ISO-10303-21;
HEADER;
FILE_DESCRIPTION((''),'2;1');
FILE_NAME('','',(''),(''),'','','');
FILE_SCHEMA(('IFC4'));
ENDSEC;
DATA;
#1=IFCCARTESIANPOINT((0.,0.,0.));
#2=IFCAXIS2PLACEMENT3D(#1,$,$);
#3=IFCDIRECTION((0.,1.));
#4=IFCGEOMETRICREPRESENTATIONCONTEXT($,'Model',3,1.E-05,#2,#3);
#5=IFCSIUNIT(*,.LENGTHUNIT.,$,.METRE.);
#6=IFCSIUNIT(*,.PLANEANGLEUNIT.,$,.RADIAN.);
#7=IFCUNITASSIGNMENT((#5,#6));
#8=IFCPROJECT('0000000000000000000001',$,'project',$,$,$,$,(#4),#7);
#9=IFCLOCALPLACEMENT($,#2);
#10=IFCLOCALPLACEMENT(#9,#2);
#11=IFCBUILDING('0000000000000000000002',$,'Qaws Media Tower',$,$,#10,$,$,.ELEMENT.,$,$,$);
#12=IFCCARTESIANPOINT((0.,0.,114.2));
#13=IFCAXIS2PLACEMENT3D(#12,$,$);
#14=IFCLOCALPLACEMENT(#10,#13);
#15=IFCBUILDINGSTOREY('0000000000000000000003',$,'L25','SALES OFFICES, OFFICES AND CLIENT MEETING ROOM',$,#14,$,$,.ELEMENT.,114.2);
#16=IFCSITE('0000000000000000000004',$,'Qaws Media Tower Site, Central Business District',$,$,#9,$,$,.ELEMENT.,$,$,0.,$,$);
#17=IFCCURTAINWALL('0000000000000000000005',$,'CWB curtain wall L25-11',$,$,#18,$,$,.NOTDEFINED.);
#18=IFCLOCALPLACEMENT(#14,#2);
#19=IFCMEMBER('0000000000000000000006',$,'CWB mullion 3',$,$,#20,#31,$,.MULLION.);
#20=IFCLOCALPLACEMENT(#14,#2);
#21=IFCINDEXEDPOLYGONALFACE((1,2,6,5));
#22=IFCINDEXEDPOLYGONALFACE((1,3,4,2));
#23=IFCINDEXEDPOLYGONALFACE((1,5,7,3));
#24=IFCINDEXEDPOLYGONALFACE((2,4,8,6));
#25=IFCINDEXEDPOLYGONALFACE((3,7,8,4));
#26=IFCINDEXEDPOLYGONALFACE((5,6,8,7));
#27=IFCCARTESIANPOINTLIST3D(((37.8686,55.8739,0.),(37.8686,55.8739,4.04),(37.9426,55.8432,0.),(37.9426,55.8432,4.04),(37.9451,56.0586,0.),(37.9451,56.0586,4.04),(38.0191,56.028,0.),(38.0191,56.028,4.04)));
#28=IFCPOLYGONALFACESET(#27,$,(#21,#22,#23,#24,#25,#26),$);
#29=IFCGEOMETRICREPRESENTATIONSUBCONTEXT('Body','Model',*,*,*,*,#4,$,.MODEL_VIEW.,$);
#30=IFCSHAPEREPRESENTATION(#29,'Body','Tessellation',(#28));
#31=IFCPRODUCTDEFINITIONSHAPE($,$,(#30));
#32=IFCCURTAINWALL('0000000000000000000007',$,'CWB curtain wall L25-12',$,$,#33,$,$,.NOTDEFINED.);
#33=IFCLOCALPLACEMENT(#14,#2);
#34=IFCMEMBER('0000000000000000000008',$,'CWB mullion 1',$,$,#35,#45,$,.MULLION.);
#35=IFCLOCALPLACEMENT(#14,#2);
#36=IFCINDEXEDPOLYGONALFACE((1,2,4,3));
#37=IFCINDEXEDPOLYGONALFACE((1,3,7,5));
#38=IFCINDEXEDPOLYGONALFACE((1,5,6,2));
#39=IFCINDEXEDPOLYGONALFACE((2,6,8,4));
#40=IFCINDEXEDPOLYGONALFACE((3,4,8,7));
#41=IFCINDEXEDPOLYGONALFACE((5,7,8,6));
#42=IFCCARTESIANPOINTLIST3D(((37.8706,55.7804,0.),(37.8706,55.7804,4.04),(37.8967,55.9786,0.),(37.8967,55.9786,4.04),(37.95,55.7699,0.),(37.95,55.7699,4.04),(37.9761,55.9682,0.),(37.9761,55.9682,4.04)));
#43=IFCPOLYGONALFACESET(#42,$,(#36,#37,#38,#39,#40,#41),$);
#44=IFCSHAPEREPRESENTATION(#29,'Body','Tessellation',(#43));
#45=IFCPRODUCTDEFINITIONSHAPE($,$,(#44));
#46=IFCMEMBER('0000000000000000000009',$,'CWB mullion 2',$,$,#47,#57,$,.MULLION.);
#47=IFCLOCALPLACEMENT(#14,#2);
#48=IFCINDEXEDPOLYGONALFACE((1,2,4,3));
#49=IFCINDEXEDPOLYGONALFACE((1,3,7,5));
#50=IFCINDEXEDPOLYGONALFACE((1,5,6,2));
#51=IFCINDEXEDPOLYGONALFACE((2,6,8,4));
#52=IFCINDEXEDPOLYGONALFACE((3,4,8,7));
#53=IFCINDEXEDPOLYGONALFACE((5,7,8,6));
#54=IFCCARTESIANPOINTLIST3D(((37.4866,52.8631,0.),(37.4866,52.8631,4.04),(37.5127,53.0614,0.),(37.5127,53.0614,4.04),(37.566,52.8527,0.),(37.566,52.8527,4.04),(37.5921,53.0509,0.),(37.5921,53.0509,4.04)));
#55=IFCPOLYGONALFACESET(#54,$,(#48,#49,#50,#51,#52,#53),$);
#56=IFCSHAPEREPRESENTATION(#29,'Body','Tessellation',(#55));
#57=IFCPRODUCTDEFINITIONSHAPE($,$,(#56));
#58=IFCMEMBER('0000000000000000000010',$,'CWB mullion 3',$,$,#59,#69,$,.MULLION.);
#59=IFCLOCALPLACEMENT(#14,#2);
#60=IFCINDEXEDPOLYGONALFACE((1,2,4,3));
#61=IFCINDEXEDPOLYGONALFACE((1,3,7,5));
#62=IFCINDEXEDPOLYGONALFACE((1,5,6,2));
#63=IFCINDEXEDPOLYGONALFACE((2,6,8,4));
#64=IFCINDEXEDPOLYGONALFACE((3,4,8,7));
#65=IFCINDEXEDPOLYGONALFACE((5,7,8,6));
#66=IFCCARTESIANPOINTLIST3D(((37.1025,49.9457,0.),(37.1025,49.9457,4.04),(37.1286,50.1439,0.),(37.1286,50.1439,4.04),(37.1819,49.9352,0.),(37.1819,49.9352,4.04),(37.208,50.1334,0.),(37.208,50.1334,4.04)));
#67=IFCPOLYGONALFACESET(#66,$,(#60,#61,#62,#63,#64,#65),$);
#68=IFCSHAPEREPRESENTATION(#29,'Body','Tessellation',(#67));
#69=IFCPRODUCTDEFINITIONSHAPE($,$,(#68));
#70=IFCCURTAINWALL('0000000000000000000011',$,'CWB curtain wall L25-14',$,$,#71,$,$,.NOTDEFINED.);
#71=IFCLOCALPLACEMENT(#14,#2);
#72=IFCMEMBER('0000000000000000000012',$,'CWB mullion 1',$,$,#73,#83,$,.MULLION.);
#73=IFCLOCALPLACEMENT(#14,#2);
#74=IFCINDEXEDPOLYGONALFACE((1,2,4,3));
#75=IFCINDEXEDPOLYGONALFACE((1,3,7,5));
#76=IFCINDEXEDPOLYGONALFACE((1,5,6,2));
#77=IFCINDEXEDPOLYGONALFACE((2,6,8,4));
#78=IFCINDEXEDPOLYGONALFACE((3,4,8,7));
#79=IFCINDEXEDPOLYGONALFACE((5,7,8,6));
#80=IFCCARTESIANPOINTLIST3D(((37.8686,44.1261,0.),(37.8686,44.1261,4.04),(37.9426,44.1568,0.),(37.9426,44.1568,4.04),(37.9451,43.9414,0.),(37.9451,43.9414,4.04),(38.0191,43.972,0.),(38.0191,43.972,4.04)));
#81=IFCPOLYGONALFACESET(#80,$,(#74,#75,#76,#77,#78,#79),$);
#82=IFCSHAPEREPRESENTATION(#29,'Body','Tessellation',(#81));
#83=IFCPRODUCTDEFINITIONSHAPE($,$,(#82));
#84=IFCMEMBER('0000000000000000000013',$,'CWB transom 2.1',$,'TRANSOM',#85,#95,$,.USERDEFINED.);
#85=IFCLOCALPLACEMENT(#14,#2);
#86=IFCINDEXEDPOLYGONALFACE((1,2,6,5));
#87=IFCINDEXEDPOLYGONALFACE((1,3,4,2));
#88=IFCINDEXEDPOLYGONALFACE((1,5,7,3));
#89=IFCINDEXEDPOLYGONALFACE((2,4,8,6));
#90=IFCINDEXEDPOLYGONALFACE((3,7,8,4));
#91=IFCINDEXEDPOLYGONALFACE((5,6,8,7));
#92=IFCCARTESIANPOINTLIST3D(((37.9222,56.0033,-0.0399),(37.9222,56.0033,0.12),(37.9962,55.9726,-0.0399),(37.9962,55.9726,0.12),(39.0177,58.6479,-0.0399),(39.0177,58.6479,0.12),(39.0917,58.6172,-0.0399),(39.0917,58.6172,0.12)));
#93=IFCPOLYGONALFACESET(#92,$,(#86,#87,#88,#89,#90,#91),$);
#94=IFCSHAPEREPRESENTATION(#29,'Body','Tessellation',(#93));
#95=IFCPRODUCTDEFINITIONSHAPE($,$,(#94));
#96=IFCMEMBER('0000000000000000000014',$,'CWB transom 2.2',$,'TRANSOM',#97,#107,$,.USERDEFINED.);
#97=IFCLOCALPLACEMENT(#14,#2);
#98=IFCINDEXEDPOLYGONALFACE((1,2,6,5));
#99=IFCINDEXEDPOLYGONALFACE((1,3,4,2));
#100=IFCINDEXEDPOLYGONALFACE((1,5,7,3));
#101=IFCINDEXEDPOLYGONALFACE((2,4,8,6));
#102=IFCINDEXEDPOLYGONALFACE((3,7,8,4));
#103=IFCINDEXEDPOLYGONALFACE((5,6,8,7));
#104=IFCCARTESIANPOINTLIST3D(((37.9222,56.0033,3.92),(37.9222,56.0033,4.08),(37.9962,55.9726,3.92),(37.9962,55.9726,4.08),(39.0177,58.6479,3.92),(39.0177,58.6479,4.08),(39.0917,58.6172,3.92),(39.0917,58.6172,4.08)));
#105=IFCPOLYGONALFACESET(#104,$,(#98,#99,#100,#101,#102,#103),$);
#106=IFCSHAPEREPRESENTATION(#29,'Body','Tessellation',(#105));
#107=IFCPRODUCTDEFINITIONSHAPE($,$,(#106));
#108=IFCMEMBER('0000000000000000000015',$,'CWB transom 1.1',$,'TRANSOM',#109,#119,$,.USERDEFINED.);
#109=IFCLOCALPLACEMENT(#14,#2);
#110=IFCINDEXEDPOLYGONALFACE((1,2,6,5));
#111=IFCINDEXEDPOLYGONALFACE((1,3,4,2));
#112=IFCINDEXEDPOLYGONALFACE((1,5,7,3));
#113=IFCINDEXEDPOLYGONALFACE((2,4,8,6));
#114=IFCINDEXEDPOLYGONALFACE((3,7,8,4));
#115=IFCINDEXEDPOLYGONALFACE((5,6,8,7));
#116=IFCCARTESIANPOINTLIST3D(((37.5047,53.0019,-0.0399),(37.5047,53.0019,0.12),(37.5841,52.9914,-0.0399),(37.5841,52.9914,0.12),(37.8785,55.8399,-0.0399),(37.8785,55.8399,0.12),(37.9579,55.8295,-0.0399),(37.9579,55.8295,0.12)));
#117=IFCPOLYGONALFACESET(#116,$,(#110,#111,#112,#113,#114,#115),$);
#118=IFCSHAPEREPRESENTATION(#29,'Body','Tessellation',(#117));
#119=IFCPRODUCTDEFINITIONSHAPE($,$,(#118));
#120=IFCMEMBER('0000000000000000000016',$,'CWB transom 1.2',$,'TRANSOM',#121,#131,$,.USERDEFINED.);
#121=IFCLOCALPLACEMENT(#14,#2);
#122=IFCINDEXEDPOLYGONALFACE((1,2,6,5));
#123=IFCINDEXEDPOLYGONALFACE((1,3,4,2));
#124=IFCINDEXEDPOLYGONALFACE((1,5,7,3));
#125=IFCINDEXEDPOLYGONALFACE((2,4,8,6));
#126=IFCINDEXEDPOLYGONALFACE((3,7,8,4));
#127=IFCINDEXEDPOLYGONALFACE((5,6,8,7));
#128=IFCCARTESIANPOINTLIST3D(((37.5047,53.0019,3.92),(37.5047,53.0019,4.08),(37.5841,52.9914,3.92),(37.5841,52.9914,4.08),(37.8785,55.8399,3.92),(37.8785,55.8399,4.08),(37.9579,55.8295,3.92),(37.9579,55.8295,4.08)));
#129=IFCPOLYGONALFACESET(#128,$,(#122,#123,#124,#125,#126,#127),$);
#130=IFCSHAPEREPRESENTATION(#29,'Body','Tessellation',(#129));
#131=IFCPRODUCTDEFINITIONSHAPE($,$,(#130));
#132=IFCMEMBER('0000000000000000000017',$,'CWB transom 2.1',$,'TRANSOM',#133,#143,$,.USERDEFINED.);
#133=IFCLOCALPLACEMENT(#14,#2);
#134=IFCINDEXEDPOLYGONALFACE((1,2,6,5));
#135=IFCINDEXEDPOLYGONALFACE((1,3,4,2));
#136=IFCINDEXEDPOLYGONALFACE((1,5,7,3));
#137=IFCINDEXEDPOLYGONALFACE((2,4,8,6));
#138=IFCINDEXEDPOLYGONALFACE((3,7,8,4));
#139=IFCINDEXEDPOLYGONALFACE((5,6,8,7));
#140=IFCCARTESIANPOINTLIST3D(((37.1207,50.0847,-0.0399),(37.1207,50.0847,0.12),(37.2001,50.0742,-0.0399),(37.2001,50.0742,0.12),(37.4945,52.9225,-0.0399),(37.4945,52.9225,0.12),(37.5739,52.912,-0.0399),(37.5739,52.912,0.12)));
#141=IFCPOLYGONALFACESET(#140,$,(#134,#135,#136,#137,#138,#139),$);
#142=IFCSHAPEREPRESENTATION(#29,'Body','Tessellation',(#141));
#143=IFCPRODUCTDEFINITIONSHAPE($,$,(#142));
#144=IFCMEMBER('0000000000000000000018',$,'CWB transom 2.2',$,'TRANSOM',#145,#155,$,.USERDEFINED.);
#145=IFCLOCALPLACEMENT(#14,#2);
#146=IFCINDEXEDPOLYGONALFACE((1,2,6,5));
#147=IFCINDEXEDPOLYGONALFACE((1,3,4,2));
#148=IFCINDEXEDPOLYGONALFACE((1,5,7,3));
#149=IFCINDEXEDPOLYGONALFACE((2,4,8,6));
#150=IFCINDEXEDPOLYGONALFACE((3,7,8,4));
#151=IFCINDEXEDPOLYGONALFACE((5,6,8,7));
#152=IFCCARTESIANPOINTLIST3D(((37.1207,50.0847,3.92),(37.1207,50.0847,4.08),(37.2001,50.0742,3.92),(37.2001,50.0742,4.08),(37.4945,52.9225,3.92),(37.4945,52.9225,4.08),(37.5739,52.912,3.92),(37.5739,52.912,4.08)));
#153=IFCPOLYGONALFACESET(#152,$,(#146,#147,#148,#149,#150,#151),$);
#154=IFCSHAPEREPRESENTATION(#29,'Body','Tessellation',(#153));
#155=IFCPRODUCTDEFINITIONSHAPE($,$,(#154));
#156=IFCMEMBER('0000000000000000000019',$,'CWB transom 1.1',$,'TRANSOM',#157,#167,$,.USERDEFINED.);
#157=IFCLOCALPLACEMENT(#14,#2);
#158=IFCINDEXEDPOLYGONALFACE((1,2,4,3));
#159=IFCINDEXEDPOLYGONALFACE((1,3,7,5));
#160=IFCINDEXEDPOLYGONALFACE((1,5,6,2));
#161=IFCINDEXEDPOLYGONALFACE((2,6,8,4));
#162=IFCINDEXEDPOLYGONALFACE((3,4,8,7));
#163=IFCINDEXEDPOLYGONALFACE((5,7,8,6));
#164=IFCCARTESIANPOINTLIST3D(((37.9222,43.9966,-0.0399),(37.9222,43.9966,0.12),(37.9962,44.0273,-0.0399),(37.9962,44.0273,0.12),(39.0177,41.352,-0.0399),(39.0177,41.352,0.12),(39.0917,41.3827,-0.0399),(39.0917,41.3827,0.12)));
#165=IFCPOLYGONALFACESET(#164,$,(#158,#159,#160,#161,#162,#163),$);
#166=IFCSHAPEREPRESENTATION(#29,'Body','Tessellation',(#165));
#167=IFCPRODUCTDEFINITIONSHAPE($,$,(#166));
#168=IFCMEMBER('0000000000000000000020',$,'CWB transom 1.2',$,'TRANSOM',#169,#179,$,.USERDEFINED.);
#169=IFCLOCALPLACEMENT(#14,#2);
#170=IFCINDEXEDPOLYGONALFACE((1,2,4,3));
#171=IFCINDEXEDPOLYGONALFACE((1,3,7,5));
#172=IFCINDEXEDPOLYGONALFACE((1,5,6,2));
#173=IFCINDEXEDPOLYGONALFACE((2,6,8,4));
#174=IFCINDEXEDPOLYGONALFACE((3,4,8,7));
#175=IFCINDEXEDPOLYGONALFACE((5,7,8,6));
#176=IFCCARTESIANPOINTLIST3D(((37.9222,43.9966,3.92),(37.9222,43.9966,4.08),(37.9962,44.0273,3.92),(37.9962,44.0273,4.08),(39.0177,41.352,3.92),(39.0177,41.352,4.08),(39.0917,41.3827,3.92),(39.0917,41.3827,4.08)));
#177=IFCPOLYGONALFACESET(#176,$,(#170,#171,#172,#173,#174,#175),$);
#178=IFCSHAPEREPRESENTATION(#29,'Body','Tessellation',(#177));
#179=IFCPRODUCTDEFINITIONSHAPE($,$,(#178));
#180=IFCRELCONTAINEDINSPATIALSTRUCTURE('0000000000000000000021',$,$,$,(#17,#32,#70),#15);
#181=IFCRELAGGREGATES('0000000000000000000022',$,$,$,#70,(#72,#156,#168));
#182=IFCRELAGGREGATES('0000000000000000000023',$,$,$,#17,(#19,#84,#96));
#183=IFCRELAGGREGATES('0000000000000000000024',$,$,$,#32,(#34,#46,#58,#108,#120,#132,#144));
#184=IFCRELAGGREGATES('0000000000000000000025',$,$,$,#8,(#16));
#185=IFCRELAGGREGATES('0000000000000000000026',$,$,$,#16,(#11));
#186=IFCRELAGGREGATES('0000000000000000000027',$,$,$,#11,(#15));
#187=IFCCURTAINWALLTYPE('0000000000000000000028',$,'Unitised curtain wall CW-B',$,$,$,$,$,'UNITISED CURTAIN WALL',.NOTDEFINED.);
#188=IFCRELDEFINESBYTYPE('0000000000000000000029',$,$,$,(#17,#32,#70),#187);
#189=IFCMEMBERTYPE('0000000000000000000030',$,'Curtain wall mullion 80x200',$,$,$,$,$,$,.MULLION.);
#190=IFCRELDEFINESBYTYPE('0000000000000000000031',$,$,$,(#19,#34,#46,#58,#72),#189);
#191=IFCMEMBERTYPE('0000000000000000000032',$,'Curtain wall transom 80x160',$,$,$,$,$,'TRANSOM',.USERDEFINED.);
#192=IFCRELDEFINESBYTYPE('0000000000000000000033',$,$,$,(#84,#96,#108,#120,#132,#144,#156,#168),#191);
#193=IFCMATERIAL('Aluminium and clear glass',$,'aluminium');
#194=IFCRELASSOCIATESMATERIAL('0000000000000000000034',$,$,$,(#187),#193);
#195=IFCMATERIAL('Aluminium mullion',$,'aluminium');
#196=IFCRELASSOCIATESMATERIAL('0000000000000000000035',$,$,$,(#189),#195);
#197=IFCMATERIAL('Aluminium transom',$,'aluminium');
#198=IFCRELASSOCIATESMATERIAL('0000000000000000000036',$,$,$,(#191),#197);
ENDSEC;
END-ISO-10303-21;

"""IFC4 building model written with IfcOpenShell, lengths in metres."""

from ifc_helpers import new_model, si_unit, direction, frame, origin, origin_2d, place, context, subcontext, project, spatial, rectangle, extrude, material, material_profile, profile_set, type_object, element, aggregate, save


model = new_model("IFC4")

# Units and contexts
model_context = context("Model", 3, precision=1e-05, world=origin(), true_north=direction((0.0, 1.0)))
body_context = subcontext(model_context, "Body", "Model", "MODEL_VIEW")
ifc_project = project(units=[si_unit("LENGTHUNIT", "METRE"), si_unit("PLANEANGLEUNIT", "RADIAN")], contexts=[model_context])

# Site, building, storey
site_placement = place(None, origin())
site = spatial("IfcSite", under=ifc_project, at=site_placement, Name="Qaws Media Tower Site, Central Business District", CompositionType="ELEMENT", RefElevation=0.0)
building_placement = place(site_placement, origin())
building = spatial("IfcBuilding", under=site, at=building_placement, Name="Qaws Media Tower", CompositionType="ELEMENT")
storey_placement = place(building_placement, frame((0.0, 0.0, 114.2)))
storey = spatial("IfcBuildingStorey", under=building, at=storey_placement, Name="L25", Description="SALES OFFICES, OFFICES AND CLIENT MEETING ROOM", CompositionType="ELEMENT", Elevation=114.2)

# Curtain wall, member
ifc_material_1 = material(Name="Aluminium and clear glass", Category="aluminium")
curtain_wall_type = type_object("IfcCurtainWallType", Name="Unitised curtain wall CW-B", ElementType="UNITISED CURTAIN WALL", PredefinedType="NOTDEFINED", material=ifc_material_1)
curtain_wall_1_placement = place(storey_placement, origin())
curtain_wall_1 = element("IfcCurtainWall", 1, at=curtain_wall_1_placement, inside=storey, type_object=curtain_wall_type, Name="CWB curtain wall L25-11", PredefinedType="NOTDEFINED")
ifc_material_2 = material(Name="Aluminium mullion", Category="aluminium")
ifc_material_profile_1 = material_profile(ifc_material_2, rectangle(XDim=0.0801, YDim=0.2, at=origin_2d()), Name="80x200")
ifc_profile_set_1 = profile_set([ifc_material_profile_1], Name="Aluminium mullion")
member_type_1 = type_object("IfcMemberType", Name="Curtain wall mullion 80x200", PredefinedType="MULLION", material=ifc_profile_set_1)
member_1_placement = place(storey_placement, frame((37.9438, 55.9509, 0.0), z_axis=(0.0, 0.0, 1.0), x_axis=(0.92388, -0.382683, 0.0)))
member_1 = element("IfcMember", 2, at=member_1_placement, type_object=member_type_1, Name="CWB mullion 3", PredefinedType="MULLION", context=body_context, shape_type="SweptSolid", body=[
    extrude(rectangle(XDim=0.0801, YDim=0.2, at=origin_2d()), origin(), (0.0, 0.0, 1.0), 4.04),
])

# Curtain wall, members
curtain_wall_2_placement = place(storey_placement, origin())
curtain_wall_2 = element("IfcCurtainWall", 3, at=curtain_wall_2_placement, inside=storey, type_object=curtain_wall_type, Name="CWB curtain wall L25-12", PredefinedType="NOTDEFINED")
member_2_placement = place(storey_placement, frame((37.9233, 55.8743, 0.0), z_axis=(0.0, 0.0, 1.0), x_axis=(0.991445, -0.130526, 0.0)))
member_2 = element("IfcMember", 4, at=member_2_placement, type_object=member_type_1, Name="CWB mullion 1", PredefinedType="MULLION", context=body_context, shape_type="SweptSolid", body=[
    extrude(rectangle(XDim=0.0801, YDim=0.2, at=origin_2d()), origin(), (0.0, 0.0, 1.0), 4.04),
])
member_3_placement = place(storey_placement, frame((37.5393, 52.957, 0.0), z_axis=(0.0, 0.0, 1.0), x_axis=(0.991445, -0.130526, 0.0)))
member_3 = element("IfcMember", 5, at=member_3_placement, type_object=member_type_1, Name="CWB mullion 2", PredefinedType="MULLION", context=body_context, shape_type="SweptSolid", body=[
    extrude(rectangle(XDim=0.0801, YDim=0.2, at=origin_2d()), origin(), (0.0, 0.0, 1.0), 4.04),
])
member_4_placement = place(storey_placement, frame((37.1553, 50.0396, 0.0), z_axis=(0.0, 0.0, 1.0), x_axis=(0.991445, -0.130526, 0.0)))
member_4 = element("IfcMember", 6, at=member_4_placement, type_object=member_type_1, Name="CWB mullion 3", PredefinedType="MULLION", context=body_context, shape_type="SweptSolid", body=[
    extrude(rectangle(XDim=0.0801, YDim=0.2, at=origin_2d()), origin(), (0.0, 0.0, 1.0), 4.04),
])

# Curtain wall, member
curtain_wall_3_placement = place(storey_placement, origin())
curtain_wall_3 = element("IfcCurtainWall", 7, at=curtain_wall_3_placement, inside=storey, type_object=curtain_wall_type, Name="CWB curtain wall L25-14", PredefinedType="NOTDEFINED")
member_5_placement = place(storey_placement, frame((37.9438, 44.0491, 0.0), z_axis=(0.0, 0.0, 1.0), x_axis=(0.92388, 0.382683, 0.0)))
member_5 = element("IfcMember", 8, at=member_5_placement, type_object=member_type_1, Name="CWB mullion 1", PredefinedType="MULLION", context=body_context, shape_type="SweptSolid", body=[
    extrude(rectangle(XDim=0.0801, YDim=0.2, at=origin_2d()), origin(), (0.0, 0.0, 1.0), 4.04),
])

# Members
ifc_material_3 = material(Name="Aluminium transom", Category="aluminium")
ifc_material_profile_2 = material_profile(ifc_material_3, rectangle(XDim=0.0801, YDim=0.1599, at=origin_2d()), Name="80x160")
ifc_profile_set_2 = profile_set([ifc_material_profile_2], Name="Aluminium transom")
member_type_2 = type_object("IfcMemberType", Name="Curtain wall transom 80x160", ElementType="TRANSOM", PredefinedType="USERDEFINED", material=ifc_profile_set_2)
member_6_placement = place(storey_placement, frame((39.0547, 58.6326, 0.04), z_axis=(-0.382701, -0.923872, 0.0), x_axis=(0.923872, -0.382701, 0.0)))
member_6 = element("IfcMember", 9, at=member_6_placement, type_object=member_type_2, Name="CWB transom 2.1", ObjectType="TRANSOM", PredefinedType="USERDEFINED", context=body_context, shape_type="SweptSolid", body=[
    extrude(rectangle(XDim=0.0801, YDim=0.1599, at=origin_2d()), origin(), (0.0, 0.0, 1.0), 2.8625),
])
member_7_placement = place(storey_placement, frame((39.0547, 58.6326, 4.0), z_axis=(-0.382701, -0.923872, 0.0), x_axis=(0.923872, -0.382701, 0.0)))
member_7 = element("IfcMember", 10, at=member_7_placement, type_object=member_type_2, Name="CWB transom 2.2", ObjectType="TRANSOM", PredefinedType="USERDEFINED", context=body_context, shape_type="SweptSolid", body=[
    extrude(rectangle(XDim=0.0801, YDim=0.1599, at=origin_2d()), origin(), (0.0, 0.0, 1.0), 2.8625),
])
member_8_placement = place(storey_placement, frame((37.9182, 55.8347, 0.04), z_axis=(-0.130571, -0.991439, 0.0), x_axis=(0.991439, -0.130571, 0.0)))
member_8 = element("IfcMember", 11, at=member_8_placement, type_object=member_type_2, Name="CWB transom 1.1", ObjectType="TRANSOM", PredefinedType="USERDEFINED", context=body_context, shape_type="SweptSolid", body=[
    extrude(rectangle(XDim=0.0801, YDim=0.1599, at=origin_2d()), origin(), (0.0, 0.0, 1.0), 2.8625),
])
member_9_placement = place(storey_placement, frame((37.9182, 55.8347, 4.0), z_axis=(-0.130571, -0.991439, 0.0), x_axis=(0.991439, -0.130571, 0.0)))
member_9 = element("IfcMember", 12, at=member_9_placement, type_object=member_type_2, Name="CWB transom 1.2", ObjectType="TRANSOM", PredefinedType="USERDEFINED", context=body_context, shape_type="SweptSolid", body=[
    extrude(rectangle(XDim=0.0801, YDim=0.1599, at=origin_2d()), origin(), (0.0, 0.0, 1.0), 2.8625),
])
member_10_placement = place(storey_placement, frame((37.5342, 52.9172, 0.04), z_axis=(-0.130582, -0.991437, 0.0), x_axis=(0.991437, -0.130582, 0.0)))
member_10 = element("IfcMember", 13, at=member_10_placement, type_object=member_type_2, Name="CWB transom 2.1", ObjectType="TRANSOM", PredefinedType="USERDEFINED", context=body_context, shape_type="SweptSolid", body=[
    extrude(rectangle(XDim=0.0801, YDim=0.1599, at=origin_2d()), origin(), (0.0, 0.0, 1.0), 2.8623),
])
member_11_placement = place(storey_placement, frame((37.5342, 52.9172, 4.0), z_axis=(-0.130582, -0.991437, 0.0), x_axis=(0.991437, -0.130582, 0.0)))
member_11 = element("IfcMember", 14, at=member_11_placement, type_object=member_type_2, Name="CWB transom 2.2", ObjectType="TRANSOM", PredefinedType="USERDEFINED", context=body_context, shape_type="SweptSolid", body=[
    extrude(rectangle(XDim=0.0801, YDim=0.1599, at=origin_2d()), origin(), (0.0, 0.0, 1.0), 2.8623),
])
member_12_placement = place(storey_placement, frame((37.9592, 44.012, 0.04), z_axis=(0.382701, -0.923872, 0.0), x_axis=(0.923872, 0.382701, 0.0)))
member_12 = element("IfcMember", 15, at=member_12_placement, type_object=member_type_2, Name="CWB transom 1.1", ObjectType="TRANSOM", PredefinedType="USERDEFINED", context=body_context, shape_type="SweptSolid", body=[
    extrude(rectangle(XDim=0.0801, YDim=0.1599, at=origin_2d()), origin(), (0.0, 0.0, 1.0), 2.8625),
])
member_13_placement = place(storey_placement, frame((37.9592, 44.012, 4.0), z_axis=(0.382701, -0.923872, 0.0), x_axis=(0.923872, 0.382701, 0.0)))
member_13 = element("IfcMember", 16, at=member_13_placement, type_object=member_type_2, Name="CWB transom 1.2", ObjectType="TRANSOM", PredefinedType="USERDEFINED", context=body_context, shape_type="SweptSolid", body=[
    extrude(rectangle(XDim=0.0801, YDim=0.1599, at=origin_2d()), origin(), (0.0, 0.0, 1.0), 2.8625),
])
aggregate(curtain_wall_3, [member_5, member_12, member_13])

aggregate(curtain_wall_1, [member_1, member_6, member_7])
aggregate(curtain_wall_2, [member_2, member_3, member_4, member_8, member_9, member_10, member_11])

save(model, "model.ifc")
